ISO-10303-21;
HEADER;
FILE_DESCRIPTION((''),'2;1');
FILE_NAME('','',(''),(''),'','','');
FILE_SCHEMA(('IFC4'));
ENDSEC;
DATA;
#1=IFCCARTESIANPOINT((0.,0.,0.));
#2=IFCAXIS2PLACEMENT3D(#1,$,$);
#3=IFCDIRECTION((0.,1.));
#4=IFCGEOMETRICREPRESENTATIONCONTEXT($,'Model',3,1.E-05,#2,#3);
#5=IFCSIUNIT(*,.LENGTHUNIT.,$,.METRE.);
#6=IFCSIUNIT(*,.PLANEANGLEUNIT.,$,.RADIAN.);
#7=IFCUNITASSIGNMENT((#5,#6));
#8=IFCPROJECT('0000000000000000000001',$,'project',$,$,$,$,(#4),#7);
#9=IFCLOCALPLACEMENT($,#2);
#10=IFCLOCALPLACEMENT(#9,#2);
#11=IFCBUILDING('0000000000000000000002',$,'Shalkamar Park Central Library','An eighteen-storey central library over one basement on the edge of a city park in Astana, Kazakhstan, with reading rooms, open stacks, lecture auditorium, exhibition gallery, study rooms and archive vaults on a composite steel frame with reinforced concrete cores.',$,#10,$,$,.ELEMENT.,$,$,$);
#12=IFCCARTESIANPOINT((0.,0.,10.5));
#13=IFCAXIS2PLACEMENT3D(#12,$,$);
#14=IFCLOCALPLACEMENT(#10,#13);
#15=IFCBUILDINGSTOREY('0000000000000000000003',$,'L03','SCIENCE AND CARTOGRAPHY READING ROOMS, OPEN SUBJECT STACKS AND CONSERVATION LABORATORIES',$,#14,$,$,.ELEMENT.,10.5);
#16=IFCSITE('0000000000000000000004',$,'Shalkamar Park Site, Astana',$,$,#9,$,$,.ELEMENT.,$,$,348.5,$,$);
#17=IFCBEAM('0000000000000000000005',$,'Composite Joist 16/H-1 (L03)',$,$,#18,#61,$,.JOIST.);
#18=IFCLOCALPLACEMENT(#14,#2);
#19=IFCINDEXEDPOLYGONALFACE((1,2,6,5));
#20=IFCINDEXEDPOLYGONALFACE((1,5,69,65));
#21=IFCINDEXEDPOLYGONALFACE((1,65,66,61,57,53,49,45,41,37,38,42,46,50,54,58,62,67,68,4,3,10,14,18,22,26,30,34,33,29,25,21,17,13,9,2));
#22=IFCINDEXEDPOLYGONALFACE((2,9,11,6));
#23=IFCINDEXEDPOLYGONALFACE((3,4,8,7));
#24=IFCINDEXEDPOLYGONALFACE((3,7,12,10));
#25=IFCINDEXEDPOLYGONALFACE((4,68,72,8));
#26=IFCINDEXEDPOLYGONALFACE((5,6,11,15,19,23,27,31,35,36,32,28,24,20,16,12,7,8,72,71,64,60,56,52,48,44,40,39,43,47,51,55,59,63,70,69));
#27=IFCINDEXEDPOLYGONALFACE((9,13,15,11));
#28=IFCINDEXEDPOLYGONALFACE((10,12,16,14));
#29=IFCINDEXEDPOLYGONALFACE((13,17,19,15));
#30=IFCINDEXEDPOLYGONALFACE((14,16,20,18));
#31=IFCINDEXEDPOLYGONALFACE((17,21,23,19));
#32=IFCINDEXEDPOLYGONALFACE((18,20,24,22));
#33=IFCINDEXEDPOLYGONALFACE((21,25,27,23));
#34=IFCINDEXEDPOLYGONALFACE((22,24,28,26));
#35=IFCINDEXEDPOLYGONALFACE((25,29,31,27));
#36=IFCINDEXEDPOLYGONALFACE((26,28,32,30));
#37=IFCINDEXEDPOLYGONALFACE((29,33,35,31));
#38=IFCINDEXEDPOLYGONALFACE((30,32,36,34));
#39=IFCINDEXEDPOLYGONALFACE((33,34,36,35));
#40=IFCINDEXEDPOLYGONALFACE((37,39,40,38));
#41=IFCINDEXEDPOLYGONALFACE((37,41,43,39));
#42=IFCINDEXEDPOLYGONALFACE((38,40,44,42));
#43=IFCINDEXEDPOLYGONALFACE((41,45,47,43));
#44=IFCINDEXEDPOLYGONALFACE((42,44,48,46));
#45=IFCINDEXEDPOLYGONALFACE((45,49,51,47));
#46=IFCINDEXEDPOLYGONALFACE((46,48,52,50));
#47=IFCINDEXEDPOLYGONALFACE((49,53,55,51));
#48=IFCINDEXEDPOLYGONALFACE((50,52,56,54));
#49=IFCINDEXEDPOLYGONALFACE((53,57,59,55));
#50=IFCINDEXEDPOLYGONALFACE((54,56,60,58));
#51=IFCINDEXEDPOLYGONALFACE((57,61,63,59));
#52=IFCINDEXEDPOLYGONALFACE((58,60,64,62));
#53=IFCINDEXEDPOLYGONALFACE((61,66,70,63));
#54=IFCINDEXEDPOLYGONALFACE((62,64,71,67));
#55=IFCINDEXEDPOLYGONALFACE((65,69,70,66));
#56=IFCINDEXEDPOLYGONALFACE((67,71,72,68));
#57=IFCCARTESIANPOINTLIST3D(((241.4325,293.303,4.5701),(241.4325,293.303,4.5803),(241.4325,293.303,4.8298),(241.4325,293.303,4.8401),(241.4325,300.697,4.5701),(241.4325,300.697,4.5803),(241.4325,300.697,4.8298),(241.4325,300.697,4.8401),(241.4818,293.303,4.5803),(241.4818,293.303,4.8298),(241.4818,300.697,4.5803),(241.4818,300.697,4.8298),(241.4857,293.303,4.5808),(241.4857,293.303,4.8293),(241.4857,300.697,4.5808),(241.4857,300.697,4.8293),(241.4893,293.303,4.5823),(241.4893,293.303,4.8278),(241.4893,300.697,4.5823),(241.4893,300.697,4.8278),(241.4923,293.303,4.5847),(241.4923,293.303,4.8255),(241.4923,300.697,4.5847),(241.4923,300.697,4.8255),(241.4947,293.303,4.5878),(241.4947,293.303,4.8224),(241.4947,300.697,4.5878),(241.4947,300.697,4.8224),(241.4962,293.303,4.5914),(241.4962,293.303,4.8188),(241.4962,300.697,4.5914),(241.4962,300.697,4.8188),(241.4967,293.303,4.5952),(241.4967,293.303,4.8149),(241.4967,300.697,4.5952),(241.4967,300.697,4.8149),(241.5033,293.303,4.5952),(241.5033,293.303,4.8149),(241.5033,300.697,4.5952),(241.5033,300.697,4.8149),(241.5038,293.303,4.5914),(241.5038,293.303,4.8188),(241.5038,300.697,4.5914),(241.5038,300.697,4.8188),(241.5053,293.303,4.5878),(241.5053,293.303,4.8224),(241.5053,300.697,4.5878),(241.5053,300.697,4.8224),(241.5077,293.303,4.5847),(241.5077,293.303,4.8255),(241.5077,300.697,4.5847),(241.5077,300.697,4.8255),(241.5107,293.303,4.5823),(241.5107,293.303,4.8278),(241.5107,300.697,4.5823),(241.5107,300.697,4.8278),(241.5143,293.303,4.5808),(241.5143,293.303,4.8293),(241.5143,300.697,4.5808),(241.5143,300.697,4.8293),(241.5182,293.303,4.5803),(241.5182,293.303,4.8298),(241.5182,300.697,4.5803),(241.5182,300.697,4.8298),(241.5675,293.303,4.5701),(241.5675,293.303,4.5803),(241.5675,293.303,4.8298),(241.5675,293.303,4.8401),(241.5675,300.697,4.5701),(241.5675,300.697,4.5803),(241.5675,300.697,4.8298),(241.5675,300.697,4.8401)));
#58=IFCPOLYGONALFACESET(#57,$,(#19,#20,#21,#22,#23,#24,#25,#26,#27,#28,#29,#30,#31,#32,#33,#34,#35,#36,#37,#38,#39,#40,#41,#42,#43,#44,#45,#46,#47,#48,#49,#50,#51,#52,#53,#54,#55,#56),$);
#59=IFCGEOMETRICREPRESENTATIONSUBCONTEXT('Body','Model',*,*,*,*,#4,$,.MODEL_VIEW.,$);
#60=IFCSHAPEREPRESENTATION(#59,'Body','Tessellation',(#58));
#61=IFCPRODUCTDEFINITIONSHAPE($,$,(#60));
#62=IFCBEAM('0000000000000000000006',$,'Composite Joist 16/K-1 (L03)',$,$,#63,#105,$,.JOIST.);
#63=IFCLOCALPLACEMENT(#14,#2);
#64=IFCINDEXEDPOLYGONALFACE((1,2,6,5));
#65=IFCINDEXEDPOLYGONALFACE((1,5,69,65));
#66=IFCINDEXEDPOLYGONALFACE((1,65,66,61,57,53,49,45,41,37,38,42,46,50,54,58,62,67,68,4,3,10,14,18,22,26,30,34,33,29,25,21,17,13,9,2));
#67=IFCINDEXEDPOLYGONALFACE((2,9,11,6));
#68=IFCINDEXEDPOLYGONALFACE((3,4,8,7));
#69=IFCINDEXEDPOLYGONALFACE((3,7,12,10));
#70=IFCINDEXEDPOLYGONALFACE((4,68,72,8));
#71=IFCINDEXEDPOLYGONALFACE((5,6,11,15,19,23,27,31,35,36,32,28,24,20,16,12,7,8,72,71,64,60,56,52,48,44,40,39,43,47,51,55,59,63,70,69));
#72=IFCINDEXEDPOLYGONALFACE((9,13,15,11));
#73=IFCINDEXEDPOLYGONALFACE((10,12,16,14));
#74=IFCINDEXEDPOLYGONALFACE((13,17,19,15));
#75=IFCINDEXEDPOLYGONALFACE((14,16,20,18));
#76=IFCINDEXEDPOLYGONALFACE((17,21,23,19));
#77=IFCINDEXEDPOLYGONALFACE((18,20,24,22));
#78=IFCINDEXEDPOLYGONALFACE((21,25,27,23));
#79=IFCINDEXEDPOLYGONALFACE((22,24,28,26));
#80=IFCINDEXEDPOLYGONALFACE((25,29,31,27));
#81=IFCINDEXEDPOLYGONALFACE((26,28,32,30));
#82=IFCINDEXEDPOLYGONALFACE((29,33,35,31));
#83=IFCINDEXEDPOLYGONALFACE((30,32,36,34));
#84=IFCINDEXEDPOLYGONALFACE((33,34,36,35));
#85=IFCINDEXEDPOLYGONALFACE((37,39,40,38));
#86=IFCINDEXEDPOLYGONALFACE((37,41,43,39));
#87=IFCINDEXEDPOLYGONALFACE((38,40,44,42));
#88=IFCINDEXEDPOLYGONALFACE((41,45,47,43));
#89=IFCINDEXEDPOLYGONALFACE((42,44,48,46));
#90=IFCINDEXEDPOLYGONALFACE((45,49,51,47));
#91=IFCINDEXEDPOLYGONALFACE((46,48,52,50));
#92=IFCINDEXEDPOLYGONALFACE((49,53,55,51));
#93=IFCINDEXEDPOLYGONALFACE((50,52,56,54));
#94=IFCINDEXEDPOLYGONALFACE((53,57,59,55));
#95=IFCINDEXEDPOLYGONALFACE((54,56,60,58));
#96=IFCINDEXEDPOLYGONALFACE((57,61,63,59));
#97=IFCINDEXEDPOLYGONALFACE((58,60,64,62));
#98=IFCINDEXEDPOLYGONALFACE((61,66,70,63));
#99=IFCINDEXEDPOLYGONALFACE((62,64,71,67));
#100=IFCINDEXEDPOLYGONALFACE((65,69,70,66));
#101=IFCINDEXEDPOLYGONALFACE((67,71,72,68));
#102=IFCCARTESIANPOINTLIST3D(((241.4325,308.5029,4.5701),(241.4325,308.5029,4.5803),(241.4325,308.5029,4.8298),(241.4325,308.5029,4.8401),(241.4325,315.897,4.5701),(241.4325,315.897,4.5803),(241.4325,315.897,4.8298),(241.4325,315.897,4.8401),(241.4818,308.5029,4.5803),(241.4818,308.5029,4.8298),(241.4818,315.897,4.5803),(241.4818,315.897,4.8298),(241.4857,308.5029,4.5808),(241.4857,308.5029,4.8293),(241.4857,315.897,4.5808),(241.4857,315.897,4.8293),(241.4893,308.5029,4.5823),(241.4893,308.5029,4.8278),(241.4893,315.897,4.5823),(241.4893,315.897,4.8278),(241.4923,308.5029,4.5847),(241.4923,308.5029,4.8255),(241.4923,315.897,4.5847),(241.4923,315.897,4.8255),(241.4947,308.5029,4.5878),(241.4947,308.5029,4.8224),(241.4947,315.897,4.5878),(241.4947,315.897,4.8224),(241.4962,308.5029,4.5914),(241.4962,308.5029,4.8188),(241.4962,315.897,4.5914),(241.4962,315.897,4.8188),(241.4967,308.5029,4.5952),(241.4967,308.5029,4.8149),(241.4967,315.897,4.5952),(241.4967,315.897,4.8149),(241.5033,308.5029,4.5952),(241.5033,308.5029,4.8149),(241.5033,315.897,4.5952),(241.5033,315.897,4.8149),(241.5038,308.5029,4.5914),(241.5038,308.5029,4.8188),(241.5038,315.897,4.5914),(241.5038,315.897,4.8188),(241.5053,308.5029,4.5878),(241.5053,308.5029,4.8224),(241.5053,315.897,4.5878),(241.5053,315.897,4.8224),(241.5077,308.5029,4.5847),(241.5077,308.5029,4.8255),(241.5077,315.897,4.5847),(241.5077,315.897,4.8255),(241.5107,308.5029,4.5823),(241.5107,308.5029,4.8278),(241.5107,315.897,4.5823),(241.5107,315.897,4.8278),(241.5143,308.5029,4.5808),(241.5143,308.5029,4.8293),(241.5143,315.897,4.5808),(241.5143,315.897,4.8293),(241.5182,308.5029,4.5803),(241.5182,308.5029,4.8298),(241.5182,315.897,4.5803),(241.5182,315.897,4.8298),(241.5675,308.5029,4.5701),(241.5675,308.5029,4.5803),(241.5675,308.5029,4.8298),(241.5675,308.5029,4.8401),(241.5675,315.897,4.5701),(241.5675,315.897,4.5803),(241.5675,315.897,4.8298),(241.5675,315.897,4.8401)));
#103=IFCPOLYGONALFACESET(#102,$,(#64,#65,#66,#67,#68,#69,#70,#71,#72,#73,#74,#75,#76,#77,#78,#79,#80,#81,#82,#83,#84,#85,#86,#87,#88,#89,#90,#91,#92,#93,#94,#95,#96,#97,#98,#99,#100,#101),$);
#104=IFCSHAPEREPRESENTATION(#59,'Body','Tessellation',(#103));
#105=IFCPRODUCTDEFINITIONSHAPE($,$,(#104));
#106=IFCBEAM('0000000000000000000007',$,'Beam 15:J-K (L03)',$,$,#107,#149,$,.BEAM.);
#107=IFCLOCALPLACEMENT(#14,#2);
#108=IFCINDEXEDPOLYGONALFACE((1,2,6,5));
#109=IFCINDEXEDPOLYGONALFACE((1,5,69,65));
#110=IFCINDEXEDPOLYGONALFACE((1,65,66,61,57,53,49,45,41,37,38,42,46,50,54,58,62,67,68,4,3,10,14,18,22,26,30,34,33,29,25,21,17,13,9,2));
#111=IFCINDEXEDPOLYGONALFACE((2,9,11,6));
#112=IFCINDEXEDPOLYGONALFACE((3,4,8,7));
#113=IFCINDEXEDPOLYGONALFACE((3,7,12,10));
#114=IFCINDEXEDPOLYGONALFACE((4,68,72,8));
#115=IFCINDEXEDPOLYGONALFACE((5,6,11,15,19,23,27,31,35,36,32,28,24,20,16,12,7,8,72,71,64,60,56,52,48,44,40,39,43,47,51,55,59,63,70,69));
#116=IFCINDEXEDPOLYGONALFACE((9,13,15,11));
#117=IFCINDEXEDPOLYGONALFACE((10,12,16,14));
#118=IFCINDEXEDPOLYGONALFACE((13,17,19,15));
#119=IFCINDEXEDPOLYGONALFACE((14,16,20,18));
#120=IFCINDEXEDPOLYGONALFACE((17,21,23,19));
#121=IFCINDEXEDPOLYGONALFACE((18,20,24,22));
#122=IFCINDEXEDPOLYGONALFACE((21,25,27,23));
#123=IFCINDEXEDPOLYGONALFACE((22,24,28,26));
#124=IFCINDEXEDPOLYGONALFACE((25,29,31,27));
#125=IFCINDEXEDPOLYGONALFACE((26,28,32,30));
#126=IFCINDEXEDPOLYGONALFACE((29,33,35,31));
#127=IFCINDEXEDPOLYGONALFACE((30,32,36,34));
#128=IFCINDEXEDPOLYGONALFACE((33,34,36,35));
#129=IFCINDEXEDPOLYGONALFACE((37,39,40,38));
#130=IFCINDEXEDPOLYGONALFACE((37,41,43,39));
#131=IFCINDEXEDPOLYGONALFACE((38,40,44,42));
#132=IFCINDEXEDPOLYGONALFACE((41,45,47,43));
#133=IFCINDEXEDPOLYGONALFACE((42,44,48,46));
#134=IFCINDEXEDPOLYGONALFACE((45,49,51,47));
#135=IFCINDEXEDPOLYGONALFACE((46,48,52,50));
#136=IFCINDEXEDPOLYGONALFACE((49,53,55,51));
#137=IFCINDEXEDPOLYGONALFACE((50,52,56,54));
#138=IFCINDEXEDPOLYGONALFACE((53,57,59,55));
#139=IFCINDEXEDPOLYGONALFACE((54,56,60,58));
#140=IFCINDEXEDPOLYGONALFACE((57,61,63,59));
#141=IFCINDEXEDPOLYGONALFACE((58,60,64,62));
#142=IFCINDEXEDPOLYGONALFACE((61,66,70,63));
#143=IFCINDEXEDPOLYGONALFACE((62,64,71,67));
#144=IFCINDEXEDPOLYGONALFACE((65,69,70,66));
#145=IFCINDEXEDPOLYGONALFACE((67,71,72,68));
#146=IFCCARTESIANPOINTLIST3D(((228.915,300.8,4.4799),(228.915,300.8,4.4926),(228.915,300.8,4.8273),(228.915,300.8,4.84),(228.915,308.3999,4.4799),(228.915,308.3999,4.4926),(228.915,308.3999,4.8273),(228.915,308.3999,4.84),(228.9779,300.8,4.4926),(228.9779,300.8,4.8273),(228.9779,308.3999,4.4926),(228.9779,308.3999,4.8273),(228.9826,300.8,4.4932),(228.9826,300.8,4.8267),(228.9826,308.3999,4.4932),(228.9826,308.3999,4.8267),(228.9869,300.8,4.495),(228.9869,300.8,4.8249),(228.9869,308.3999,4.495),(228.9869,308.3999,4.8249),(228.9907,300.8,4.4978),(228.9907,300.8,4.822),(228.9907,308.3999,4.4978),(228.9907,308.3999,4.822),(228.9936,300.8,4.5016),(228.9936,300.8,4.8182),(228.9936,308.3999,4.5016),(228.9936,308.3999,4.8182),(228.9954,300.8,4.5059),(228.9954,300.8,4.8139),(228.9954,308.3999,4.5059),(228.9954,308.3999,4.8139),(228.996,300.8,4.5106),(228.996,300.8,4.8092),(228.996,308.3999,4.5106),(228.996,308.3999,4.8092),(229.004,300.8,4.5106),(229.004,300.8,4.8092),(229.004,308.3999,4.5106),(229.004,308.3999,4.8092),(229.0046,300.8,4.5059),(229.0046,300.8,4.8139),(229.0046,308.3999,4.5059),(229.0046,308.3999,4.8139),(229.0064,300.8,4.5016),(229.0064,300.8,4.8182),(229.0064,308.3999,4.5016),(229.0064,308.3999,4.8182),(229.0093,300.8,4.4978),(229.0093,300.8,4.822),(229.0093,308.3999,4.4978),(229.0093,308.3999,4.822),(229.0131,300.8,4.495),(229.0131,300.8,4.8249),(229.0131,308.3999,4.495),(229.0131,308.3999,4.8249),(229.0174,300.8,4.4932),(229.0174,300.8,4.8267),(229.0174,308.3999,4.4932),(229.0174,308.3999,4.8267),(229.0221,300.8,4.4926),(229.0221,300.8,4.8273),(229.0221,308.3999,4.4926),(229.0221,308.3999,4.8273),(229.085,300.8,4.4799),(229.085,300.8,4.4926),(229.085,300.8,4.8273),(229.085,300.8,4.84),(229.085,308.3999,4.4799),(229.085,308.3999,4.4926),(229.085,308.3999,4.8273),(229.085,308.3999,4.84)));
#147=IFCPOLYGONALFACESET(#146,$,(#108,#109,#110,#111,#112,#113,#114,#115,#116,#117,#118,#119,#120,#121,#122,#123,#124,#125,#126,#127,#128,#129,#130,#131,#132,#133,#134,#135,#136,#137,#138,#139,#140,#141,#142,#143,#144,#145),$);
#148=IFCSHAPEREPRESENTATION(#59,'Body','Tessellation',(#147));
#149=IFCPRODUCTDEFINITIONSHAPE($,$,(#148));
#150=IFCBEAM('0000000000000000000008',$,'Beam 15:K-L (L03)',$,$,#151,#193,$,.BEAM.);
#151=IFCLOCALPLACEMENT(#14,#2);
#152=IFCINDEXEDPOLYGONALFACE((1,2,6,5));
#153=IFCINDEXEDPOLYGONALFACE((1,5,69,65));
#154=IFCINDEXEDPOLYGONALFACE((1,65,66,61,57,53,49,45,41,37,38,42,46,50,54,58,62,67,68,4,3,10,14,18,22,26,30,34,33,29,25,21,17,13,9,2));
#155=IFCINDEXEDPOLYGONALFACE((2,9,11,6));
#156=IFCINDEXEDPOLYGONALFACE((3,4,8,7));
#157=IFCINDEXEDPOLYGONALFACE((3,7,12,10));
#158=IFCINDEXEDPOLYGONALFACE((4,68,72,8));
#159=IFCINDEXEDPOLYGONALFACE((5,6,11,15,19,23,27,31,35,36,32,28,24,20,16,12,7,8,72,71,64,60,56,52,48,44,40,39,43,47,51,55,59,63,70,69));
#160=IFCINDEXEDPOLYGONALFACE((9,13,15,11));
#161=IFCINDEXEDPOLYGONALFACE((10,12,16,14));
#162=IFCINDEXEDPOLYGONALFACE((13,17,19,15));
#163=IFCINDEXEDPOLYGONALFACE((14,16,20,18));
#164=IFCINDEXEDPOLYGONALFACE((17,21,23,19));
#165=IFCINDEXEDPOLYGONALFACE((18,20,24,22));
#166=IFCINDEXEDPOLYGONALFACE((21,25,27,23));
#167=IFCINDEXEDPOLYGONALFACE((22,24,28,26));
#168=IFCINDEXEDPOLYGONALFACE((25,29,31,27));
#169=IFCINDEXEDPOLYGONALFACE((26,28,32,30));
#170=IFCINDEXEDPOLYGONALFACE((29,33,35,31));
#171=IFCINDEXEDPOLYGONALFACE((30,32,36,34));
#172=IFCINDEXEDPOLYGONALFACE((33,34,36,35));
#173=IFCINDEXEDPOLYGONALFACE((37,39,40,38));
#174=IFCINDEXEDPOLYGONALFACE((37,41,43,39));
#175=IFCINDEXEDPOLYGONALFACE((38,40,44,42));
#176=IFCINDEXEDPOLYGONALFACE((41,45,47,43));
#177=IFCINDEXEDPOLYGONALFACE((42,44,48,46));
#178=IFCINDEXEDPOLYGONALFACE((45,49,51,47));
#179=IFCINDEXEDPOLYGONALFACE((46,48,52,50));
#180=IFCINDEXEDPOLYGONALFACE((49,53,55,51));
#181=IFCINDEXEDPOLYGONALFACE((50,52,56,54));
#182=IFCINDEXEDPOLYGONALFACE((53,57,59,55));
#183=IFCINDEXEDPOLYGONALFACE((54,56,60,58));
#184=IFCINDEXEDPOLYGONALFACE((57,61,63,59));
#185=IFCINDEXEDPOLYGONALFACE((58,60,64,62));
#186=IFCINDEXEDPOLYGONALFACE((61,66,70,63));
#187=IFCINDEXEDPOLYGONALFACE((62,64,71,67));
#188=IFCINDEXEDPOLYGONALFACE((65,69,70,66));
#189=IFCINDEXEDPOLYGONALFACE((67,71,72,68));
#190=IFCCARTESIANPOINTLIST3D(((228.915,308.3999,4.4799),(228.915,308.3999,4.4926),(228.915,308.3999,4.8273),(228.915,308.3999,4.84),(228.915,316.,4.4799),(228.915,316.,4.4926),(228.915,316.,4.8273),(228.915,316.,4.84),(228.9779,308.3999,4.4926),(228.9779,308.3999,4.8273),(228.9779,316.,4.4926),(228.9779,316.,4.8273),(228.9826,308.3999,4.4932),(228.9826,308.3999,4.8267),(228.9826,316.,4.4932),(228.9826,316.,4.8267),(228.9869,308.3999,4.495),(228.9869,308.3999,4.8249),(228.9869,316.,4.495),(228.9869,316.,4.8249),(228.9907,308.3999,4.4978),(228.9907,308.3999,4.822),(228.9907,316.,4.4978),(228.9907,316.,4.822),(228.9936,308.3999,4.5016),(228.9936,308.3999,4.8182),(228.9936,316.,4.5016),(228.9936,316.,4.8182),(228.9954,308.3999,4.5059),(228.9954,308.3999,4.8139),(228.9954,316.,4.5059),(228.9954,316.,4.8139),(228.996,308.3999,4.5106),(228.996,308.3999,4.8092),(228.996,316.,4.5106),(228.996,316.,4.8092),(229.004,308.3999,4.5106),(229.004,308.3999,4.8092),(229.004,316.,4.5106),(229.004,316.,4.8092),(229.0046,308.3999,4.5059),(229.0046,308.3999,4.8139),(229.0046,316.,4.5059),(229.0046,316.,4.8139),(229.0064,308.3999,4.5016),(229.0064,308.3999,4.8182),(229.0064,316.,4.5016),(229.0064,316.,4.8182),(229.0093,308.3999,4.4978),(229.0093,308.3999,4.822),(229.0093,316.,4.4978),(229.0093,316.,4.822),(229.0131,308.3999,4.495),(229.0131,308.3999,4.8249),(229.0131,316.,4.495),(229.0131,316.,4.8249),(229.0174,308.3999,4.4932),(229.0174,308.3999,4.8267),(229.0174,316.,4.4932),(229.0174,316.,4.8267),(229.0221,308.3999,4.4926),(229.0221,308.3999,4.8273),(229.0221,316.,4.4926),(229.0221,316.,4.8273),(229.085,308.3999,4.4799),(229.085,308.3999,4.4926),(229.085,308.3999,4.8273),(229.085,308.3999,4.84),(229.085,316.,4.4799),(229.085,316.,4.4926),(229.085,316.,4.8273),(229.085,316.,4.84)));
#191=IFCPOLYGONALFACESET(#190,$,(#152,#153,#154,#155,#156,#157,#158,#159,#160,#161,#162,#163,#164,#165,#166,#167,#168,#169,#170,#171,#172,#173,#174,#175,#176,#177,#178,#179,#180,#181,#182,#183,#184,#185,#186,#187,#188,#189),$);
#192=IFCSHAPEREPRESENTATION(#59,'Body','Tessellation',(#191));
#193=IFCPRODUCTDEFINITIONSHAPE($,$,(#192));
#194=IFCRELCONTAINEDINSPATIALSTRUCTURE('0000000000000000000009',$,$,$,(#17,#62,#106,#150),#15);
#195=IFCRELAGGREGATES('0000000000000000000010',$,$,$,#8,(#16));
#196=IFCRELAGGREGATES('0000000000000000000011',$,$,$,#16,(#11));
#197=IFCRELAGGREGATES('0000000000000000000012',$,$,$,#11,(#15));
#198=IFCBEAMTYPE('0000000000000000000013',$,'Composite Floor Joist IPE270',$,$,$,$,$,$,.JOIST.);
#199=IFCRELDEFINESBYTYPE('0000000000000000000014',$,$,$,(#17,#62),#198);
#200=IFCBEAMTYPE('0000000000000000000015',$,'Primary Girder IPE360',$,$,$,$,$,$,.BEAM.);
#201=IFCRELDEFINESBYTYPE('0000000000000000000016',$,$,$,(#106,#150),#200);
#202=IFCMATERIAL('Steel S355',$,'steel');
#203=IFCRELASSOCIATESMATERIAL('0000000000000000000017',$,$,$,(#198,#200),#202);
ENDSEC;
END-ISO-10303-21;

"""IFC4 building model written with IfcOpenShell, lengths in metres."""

from ifc_helpers import new_model, si_unit, direction, frame, origin, origin_2d, place, context, subcontext, project, spatial, i_section, extrude, material, material_profile, profile_set, type_object, element, save


model = new_model("IFC4")

# Units and contexts
model_context = context("Model", 3, precision=1e-05, world=origin(), true_north=direction((0.0, 1.0)))
body_context = subcontext(model_context, "Body", "Model", "MODEL_VIEW")
ifc_project = project(units=[si_unit("LENGTHUNIT", "METRE"), si_unit("PLANEANGLEUNIT", "RADIAN")], contexts=[model_context])

# Site, building, storey
site_placement = place(None, origin())
site = spatial("IfcSite", under=ifc_project, at=site_placement, Name="Shalkamar Park Site, Astana", CompositionType="ELEMENT", RefElevation=348.5)
building_placement = place(site_placement, origin())
building = spatial("IfcBuilding", under=site, at=building_placement, Name="Shalkamar Park Central Library", Description="An eighteen-storey central library over one basement on the edge of a city park in Astana, Kazakhstan, with reading rooms, open stacks, lecture auditorium, exhibition gallery, study rooms and archive vaults on a composite steel frame with reinforced concrete cores.", CompositionType="ELEMENT")
storey_placement = place(building_placement, frame((0.0, 0.0, 10.5)))
storey = spatial("IfcBuildingStorey", under=building, at=storey_placement, Name="L03", Description="SCIENCE AND CARTOGRAPHY READING ROOMS, OPEN SUBJECT STACKS AND CONSERVATION LABORATORIES", CompositionType="ELEMENT", Elevation=10.5)

# Shared definitions
ifc_material = material(Name="Steel S355", Category="steel")

# Beams
ifc_material_profile_1 = material_profile(ifc_material, i_section(OverallWidth=0.135, OverallDepth=0.27, WebThickness=0.0066, FlangeThickness=0.0103, FilletRadius=0.0149, at=origin_2d()), Name="IPE 270")
ifc_profile_set_1 = profile_set([ifc_material_profile_1], Name="Steel S355")
beam_type_1 = type_object("IfcBeamType", Name="Composite Floor Joist IPE270", PredefinedType="JOIST", material=ifc_profile_set_1)
for number, where, z_axis, x_axis, name in (
    (1, (241.5, 293.303, 4.7051), (0.0, 1.0, 0.0), (-1.0, 0.0, 0.0), "Composite Joist 16/H-1 (L03)"),
    (2, (241.5, 308.5029, 4.7051), (0.0, 1.0, 0.0), (-1.0, 0.0, 0.0), "Composite Joist 16/K-1 (L03)"),
):
    element("IfcBeam", number, at=place(storey_placement, frame(where, z_axis=z_axis, x_axis=x_axis)), inside=storey, type_object=beam_type_1, Name=name, PredefinedType="JOIST", context=body_context, shape_type="SweptSolid", body=[
        extrude(i_section(OverallWidth=0.135, OverallDepth=0.27, WebThickness=0.0066, FlangeThickness=0.0103, FilletRadius=0.0149, at=origin_2d()), origin(), (0.0, 0.0, 1.0), 7.394),
    ])
ifc_material_profile_2 = material_profile(ifc_material, i_section(OverallWidth=0.1699, OverallDepth=0.3601, WebThickness=0.0081, FlangeThickness=0.0127, FilletRadius=0.0181, at=origin_2d()), Name="IPE 360")
ifc_profile_set_2 = profile_set([ifc_material_profile_2], Name="Steel S355")
beam_type_2 = type_object("IfcBeamType", Name="Primary Girder IPE360", PredefinedType="BEAM", material=ifc_profile_set_2)
beam_1_placement = place(storey_placement, frame((229.0, 300.8, 4.6599), z_axis=(0.0, 1.0, 0.0), x_axis=(-1.0, 0.0, 0.0)))
element("IfcBeam", 3, at=beam_1_placement, inside=storey, type_object=beam_type_2, Name="Beam 15:J-K (L03)", PredefinedType="BEAM", context=body_context, shape_type="SweptSolid", body=[
    extrude(i_section(OverallWidth=0.1699, OverallDepth=0.3601, WebThickness=0.0081, FlangeThickness=0.0127, FilletRadius=0.0181, at=origin_2d()), origin(), (0.0, 0.0, 1.0), 7.5999),
])
for number, where, z_axis, x_axis, name in (
    (4, (229.0, 308.3999, 4.6599), (0.0, 1.0, 0.0), (-1.0, 0.0, 0.0), "Beam 15:K-L (L03)"),
):
    element("IfcBeam", number, at=place(storey_placement, frame(where, z_axis=z_axis, x_axis=x_axis)), inside=storey, type_object=beam_type_2, Name=name, PredefinedType="BEAM", context=body_context, shape_type="SweptSolid", body=[
        extrude(i_section(OverallWidth=0.1699, OverallDepth=0.3601, WebThickness=0.0081, FlangeThickness=0.0127, FilletRadius=0.0181, at=origin_2d()), origin(), (0.0, 0.0, 1.0), 7.6001),
    ])

save(model, "model.ifc")
